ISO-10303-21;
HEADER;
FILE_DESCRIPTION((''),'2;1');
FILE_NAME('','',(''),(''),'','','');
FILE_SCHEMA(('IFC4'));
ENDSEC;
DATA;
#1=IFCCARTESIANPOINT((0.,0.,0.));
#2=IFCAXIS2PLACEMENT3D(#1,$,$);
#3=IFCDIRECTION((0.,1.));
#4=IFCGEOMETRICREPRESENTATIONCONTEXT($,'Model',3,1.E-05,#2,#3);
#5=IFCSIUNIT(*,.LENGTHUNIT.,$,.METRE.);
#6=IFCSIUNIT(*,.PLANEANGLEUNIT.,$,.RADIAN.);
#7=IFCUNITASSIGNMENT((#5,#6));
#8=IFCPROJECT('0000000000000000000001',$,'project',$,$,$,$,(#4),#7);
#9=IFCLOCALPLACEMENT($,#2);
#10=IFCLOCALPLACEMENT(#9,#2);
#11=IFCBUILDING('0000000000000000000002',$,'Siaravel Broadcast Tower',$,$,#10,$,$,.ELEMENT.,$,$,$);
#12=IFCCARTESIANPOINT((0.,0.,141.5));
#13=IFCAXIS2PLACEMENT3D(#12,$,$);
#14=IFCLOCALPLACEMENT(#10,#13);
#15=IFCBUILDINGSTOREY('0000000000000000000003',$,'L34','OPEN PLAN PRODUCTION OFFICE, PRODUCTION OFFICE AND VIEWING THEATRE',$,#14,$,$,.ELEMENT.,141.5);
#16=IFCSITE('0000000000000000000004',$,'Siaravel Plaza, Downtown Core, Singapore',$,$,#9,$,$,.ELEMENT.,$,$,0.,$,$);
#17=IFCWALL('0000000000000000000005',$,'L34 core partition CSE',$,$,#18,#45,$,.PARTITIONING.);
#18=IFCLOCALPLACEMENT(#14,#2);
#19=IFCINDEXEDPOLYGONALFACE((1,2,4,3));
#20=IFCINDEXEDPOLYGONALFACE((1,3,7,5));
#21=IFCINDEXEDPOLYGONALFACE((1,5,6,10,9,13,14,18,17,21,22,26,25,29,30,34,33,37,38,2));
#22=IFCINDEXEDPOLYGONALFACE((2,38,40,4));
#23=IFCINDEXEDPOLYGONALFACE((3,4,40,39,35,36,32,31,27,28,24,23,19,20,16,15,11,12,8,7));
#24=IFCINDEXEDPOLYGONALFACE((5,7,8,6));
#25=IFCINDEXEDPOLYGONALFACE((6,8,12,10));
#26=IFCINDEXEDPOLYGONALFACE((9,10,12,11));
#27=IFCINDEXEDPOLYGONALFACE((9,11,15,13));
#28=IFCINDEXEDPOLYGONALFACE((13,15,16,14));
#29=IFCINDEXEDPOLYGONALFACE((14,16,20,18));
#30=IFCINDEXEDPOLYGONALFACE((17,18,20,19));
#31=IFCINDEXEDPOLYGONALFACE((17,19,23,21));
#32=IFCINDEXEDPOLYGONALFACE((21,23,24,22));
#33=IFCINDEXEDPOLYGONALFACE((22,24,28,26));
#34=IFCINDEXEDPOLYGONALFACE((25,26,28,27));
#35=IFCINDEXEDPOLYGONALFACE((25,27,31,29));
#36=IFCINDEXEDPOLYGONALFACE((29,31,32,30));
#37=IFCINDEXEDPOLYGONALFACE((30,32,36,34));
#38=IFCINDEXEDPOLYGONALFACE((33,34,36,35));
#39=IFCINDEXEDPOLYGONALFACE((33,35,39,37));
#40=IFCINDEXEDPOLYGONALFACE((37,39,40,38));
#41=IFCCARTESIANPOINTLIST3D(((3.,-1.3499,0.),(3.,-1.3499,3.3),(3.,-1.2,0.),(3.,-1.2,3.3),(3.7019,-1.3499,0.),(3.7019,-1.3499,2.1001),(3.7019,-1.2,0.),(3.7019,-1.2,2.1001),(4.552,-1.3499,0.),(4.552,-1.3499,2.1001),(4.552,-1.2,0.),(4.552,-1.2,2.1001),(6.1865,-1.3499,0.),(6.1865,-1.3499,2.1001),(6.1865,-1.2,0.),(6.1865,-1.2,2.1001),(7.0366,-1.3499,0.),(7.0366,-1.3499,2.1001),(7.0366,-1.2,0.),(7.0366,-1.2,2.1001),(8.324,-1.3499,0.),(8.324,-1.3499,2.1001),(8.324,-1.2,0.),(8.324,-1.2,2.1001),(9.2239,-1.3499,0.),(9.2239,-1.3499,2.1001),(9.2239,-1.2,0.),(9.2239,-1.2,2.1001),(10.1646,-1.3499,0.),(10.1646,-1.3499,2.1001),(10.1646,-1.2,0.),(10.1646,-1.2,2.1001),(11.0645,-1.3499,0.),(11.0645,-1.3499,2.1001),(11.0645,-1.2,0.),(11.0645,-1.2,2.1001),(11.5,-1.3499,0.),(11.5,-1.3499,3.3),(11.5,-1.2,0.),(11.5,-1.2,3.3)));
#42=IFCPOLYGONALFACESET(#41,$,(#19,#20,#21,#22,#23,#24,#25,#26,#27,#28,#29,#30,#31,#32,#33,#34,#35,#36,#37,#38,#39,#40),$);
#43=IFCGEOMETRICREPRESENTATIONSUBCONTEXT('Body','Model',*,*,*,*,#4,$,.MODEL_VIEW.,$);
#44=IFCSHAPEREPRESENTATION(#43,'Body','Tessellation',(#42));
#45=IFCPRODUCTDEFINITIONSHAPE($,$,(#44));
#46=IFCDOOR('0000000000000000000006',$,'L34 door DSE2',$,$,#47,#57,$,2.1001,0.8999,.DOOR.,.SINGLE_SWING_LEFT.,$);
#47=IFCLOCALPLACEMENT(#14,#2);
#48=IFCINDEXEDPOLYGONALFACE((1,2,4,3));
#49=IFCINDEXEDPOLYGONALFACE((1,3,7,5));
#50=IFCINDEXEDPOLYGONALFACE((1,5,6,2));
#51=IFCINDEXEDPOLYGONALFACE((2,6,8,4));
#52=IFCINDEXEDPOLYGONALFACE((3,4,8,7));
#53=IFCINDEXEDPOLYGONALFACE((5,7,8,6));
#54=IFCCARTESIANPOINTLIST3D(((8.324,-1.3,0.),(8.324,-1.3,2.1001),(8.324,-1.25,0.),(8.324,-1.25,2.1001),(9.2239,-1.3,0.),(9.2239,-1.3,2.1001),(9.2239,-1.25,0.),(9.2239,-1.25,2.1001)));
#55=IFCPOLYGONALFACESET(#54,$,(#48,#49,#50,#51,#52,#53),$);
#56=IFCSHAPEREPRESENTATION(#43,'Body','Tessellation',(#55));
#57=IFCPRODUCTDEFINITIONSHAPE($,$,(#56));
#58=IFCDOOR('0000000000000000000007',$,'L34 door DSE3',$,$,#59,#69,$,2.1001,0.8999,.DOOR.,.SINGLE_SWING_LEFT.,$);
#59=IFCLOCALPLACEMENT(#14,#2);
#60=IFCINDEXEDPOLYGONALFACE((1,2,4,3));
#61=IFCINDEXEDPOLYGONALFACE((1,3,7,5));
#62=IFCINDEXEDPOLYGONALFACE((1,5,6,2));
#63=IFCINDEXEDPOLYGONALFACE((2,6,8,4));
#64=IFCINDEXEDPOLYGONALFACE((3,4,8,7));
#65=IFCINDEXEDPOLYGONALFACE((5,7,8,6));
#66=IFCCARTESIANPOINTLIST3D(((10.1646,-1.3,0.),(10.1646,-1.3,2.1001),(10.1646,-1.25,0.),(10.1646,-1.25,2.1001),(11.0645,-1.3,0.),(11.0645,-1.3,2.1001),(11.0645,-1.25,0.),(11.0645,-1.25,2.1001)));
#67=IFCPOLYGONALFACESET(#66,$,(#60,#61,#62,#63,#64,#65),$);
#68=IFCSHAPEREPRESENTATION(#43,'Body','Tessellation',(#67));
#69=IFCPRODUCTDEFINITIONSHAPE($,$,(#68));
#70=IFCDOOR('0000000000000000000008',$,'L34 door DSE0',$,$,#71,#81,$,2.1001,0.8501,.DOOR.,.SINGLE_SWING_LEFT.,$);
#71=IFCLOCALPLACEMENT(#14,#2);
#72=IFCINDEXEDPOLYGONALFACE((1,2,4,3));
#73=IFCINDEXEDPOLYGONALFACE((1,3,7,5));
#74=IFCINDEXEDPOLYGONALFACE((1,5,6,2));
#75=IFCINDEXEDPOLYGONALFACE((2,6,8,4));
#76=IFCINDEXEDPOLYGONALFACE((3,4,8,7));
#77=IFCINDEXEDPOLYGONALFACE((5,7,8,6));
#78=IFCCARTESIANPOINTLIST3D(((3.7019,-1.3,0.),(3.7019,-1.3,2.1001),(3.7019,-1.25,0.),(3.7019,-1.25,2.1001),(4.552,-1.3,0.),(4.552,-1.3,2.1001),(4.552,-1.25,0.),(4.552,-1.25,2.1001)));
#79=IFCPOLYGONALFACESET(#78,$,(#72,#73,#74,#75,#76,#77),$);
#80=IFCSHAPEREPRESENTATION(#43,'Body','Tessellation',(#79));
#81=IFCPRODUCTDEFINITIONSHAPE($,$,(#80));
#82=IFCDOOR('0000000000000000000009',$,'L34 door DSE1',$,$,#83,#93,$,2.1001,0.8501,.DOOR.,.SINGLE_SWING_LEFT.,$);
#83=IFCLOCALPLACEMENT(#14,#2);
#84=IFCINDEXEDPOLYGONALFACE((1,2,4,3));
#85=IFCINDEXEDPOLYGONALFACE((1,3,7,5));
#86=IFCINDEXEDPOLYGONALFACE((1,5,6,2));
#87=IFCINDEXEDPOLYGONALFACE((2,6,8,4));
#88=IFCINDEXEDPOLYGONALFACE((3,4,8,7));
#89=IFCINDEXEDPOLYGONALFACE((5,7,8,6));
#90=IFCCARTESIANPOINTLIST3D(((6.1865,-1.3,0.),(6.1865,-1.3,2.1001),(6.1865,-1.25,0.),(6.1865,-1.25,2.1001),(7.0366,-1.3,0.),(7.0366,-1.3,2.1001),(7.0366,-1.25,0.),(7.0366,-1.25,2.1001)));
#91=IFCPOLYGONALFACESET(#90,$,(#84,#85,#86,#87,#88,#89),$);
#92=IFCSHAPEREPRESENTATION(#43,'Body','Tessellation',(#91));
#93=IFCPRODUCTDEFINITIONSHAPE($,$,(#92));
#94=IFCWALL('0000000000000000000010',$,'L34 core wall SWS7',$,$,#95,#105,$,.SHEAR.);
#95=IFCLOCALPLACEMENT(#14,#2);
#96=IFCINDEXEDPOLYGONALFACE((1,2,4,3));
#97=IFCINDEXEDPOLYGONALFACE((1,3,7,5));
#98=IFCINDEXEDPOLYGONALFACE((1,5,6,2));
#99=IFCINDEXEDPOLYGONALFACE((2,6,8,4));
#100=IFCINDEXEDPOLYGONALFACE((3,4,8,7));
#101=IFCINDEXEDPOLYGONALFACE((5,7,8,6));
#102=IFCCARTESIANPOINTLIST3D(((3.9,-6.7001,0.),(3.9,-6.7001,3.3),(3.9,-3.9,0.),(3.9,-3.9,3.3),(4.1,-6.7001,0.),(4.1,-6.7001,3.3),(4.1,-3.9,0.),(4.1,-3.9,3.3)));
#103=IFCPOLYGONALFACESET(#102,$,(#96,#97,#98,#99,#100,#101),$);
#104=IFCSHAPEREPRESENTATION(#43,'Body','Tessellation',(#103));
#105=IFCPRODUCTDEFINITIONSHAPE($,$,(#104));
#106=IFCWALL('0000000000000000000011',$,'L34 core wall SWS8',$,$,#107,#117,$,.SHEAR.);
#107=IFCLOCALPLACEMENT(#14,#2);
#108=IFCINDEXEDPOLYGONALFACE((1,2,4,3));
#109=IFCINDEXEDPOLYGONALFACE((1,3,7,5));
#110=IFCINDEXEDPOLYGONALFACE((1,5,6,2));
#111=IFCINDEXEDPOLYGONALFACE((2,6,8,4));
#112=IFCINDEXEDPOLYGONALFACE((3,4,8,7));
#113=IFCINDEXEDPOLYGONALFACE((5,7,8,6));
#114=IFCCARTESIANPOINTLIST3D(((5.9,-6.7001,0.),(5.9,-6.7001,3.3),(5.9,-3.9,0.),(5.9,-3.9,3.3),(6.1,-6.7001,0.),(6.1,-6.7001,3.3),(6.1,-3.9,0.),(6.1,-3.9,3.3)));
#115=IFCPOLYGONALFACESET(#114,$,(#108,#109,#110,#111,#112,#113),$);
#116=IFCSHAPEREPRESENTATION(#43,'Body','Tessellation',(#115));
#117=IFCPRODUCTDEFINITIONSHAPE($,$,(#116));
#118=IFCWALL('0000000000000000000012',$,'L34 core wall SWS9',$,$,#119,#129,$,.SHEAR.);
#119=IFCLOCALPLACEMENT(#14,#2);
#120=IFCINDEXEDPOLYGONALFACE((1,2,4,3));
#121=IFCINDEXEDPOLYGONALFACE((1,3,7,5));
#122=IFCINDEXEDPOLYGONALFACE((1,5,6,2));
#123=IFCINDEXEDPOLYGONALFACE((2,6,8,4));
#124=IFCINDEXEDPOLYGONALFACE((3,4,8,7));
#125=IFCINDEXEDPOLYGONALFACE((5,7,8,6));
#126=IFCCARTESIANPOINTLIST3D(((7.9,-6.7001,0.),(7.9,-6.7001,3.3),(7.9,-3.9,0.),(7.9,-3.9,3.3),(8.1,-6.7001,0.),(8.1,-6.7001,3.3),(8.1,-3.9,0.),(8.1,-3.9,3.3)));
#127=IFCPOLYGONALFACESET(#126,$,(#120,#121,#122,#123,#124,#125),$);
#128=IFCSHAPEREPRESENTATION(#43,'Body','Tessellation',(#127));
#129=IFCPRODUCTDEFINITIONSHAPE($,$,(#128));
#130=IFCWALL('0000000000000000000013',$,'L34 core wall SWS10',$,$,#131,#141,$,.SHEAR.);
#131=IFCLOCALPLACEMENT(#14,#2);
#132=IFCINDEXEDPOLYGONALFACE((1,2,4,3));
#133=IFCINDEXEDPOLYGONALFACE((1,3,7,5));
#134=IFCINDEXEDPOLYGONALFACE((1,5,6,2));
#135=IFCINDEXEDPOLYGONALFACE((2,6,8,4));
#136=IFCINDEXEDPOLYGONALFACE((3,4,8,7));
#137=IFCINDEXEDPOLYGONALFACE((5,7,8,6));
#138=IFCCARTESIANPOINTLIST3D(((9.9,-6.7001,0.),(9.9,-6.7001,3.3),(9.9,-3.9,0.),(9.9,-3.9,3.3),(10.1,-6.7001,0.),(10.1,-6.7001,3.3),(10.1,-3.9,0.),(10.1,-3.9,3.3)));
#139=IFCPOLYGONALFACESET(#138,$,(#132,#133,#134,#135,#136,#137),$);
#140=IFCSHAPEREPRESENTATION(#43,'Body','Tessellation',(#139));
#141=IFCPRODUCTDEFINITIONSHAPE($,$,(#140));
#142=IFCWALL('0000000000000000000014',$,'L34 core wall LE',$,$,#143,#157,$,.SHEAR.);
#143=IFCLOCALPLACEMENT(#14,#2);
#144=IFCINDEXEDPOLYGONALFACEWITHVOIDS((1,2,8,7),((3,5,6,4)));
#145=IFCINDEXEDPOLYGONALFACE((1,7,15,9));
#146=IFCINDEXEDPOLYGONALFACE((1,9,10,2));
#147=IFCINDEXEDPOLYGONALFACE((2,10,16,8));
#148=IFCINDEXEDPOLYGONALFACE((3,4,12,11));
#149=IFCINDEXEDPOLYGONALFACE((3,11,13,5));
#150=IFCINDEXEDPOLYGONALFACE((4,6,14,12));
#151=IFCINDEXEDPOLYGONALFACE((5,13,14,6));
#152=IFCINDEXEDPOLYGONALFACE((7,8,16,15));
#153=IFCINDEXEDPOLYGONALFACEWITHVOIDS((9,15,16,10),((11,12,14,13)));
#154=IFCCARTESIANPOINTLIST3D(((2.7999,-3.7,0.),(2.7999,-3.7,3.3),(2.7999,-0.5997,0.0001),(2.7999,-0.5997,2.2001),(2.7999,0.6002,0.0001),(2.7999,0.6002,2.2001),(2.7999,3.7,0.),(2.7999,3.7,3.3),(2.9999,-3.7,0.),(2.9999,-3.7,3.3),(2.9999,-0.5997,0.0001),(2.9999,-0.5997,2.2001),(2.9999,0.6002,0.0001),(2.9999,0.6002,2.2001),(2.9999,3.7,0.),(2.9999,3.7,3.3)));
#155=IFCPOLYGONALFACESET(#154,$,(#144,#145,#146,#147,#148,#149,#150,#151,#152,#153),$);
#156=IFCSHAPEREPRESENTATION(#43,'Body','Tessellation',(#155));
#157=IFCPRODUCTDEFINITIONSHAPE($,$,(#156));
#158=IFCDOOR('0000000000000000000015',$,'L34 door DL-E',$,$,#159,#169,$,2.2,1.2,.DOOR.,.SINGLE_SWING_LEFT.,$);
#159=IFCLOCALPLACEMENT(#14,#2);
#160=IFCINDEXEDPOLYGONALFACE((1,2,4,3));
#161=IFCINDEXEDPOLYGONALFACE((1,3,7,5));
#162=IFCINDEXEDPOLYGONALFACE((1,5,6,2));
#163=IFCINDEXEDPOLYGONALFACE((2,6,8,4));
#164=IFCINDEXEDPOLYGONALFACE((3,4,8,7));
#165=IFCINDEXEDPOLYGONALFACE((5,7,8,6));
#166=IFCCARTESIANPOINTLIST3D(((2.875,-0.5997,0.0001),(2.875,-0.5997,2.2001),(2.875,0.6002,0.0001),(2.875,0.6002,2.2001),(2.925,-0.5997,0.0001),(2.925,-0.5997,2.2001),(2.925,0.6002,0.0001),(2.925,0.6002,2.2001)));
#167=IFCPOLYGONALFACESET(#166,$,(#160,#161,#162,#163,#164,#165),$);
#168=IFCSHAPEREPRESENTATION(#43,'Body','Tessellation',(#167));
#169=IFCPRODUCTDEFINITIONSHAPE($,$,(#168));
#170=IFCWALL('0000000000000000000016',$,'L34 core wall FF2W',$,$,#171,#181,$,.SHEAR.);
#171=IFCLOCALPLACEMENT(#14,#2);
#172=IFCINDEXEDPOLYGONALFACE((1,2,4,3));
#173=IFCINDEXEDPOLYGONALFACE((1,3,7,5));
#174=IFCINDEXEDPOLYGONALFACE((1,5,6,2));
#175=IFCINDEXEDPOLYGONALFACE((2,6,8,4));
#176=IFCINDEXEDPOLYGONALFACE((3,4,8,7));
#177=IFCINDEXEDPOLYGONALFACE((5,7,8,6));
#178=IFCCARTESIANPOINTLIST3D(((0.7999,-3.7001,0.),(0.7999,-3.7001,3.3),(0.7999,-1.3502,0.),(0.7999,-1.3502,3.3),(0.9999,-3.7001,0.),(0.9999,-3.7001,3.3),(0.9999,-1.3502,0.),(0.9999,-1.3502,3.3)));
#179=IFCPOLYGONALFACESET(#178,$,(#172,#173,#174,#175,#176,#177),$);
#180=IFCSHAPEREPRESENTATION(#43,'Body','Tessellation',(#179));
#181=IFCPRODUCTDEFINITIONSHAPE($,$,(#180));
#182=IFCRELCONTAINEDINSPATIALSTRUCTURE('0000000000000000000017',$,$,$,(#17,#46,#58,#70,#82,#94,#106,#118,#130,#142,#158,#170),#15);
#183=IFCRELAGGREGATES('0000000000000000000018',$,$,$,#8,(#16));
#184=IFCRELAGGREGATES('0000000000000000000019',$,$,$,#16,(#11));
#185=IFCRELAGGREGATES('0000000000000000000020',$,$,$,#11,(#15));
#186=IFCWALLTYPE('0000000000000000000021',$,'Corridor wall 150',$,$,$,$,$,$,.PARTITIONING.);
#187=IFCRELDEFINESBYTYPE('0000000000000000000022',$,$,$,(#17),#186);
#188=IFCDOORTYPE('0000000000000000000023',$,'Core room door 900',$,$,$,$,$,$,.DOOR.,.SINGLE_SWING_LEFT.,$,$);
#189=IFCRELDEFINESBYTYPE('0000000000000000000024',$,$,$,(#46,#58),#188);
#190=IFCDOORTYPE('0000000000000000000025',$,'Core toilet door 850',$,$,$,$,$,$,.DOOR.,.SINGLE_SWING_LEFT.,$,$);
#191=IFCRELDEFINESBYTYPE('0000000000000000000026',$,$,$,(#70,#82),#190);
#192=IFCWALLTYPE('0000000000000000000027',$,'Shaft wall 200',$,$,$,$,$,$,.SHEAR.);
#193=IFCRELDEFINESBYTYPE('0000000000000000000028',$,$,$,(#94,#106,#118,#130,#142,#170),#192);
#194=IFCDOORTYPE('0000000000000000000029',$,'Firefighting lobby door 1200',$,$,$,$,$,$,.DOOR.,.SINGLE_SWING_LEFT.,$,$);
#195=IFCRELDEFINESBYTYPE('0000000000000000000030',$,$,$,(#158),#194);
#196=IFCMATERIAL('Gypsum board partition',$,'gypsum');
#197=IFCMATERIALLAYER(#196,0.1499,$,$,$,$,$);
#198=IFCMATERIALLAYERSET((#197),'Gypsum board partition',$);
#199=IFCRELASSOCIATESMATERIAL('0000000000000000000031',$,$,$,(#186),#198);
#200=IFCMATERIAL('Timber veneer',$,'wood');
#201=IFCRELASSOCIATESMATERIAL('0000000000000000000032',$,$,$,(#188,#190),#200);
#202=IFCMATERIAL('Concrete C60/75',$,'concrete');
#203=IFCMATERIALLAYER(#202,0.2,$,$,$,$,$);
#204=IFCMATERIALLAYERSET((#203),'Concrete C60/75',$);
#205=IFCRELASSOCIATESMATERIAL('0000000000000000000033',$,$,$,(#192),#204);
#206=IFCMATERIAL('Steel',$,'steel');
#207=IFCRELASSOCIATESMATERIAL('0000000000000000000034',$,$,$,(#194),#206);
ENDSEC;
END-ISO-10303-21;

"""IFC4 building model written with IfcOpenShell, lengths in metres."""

from ifc_helpers import new_model, si_unit, direction, frame, frame_2d, origin, place, context, subcontext, project, spatial, rectangle, extrude, material, layer, layer_set, type_object, element, fill, save


model = new_model("IFC4")

# Units and contexts
model_context = context("Model", 3, precision=1e-05, world=origin(), true_north=direction((0.0, 1.0)))
body_context = subcontext(model_context, "Body", "Model", "MODEL_VIEW")
ifc_project = project(units=[si_unit("LENGTHUNIT", "METRE"), si_unit("PLANEANGLEUNIT", "RADIAN")], contexts=[model_context])

# Site, building, storey
site_placement = place(None, origin())
site = spatial("IfcSite", under=ifc_project, at=site_placement, Name="Siaravel Plaza, Downtown Core, Singapore", CompositionType="ELEMENT", RefElevation=0.0)
building_placement = place(site_placement, origin())
building = spatial("IfcBuilding", under=site, at=building_placement, Name="Siaravel Broadcast Tower", CompositionType="ELEMENT")
storey_placement = place(building_placement, frame((0.0, 0.0, 141.5)))
storey = spatial("IfcBuildingStorey", under=building, at=storey_placement, Name="L34", Description="OPEN PLAN PRODUCTION OFFICE, PRODUCTION OFFICE AND VIEWING THEATRE", CompositionType="ELEMENT", Elevation=141.5)

# Wall, openings, doors
ifc_material_1 = material(Name="Gypsum board partition", Category="gypsum")
ifc_layer_1 = layer(ifc_material_1, 0.1499)
ifc_layer_set_1 = layer_set([ifc_layer_1], Name="Gypsum board partition")
wall_type_1 = type_object("IfcWallType", Name="Corridor wall 150", PredefinedType="PARTITIONING", material=ifc_layer_set_1)
wall_1_placement = place(storey_placement, frame((3.0, -1.2749, 0.0), z_axis=(0.0, 0.0, 1.0), x_axis=(1.0, 0.0, 0.0)))
wall_1 = element("IfcWall", 1, at=wall_1_placement, inside=storey, type_object=wall_type_1, Name="L34 core partition CSE", PredefinedType="PARTITIONING", context=body_context, shape_type="SweptSolid", body=[
    extrude(rectangle(XDim=8.5, YDim=0.1499, at=frame_2d((4.25, 0.0))), origin(), (0.0, 0.0, 1.0), 3.3),
])
opening_1_placement = place(wall_1_placement, frame((0.7019, 0.0, 0.0)))
opening_1 = element("IfcOpeningElement", 2, at=opening_1_placement, cuts=wall_1, PredefinedType="OPENING", context=body_context, shape_type="SweptSolid", body=[
    extrude(rectangle(XDim=0.8501, YDim=2.1001, at=frame_2d((0.425, 1.05))), frame((0.0, 0.085, 0.0), z_axis=(0.0, -1.0, 0.0), x_axis=(1.0, 0.0, 0.0)), (0.0, 0.0, 1.0), 0.1699),
])
opening_2_placement = place(wall_1_placement, frame((3.1865, 0.0, 0.0)))
opening_2 = element("IfcOpeningElement", 3, at=opening_2_placement, cuts=wall_1, PredefinedType="OPENING", context=body_context, shape_type="SweptSolid", body=[
    extrude(rectangle(XDim=0.8501, YDim=2.1001, at=frame_2d((0.425, 1.05))), frame((0.0, 0.085, 0.0), z_axis=(0.0, -1.0, 0.0), x_axis=(1.0, 0.0, 0.0)), (0.0, 0.0, 1.0), 0.1699),
])
opening_3_placement = place(wall_1_placement, frame((5.324, 0.0, 0.0)))
opening_3 = element("IfcOpeningElement", 4, at=opening_3_placement, cuts=wall_1, PredefinedType="OPENING", context=body_context, shape_type="SweptSolid", body=[
    extrude(rectangle(XDim=0.8999, YDim=2.1001, at=frame_2d((0.45, 1.05))), frame((0.0, 0.085, 0.0), z_axis=(0.0, -1.0, 0.0), x_axis=(1.0, 0.0, 0.0)), (0.0, 0.0, 1.0), 0.1699),
])
opening_4_placement = place(wall_1_placement, frame((7.1646, 0.0, 0.0)))
opening_4 = element("IfcOpeningElement", 5, at=opening_4_placement, cuts=wall_1, PredefinedType="OPENING", context=body_context, shape_type="SweptSolid", body=[
    extrude(rectangle(XDim=0.8999, YDim=2.1001, at=frame_2d((0.45, 1.05))), frame((0.0, 0.085, 0.0), z_axis=(0.0, -1.0, 0.0), x_axis=(1.0, 0.0, 0.0)), (0.0, 0.0, 1.0), 0.1699),
])
ifc_material_2 = material(Name="Timber veneer", Category="wood")
door_type_1 = type_object("IfcDoorType", Name="Core room door 900", OperationType="SINGLE_SWING_LEFT", PredefinedType="DOOR", material=ifc_material_2)
door_1_placement = place(opening_3_placement, origin())
door_1 = element("IfcDoor", 6, at=door_1_placement, inside=storey, type_object=door_type_1, Name="L34 door DSE2", OperationType="SINGLE_SWING_LEFT", OverallHeight=2.1001, OverallWidth=0.8999, PredefinedType="DOOR", context=body_context, shape_type="SweptSolid", body=[
    extrude(rectangle(XDim=0.8999, YDim=2.1001, at=frame_2d((0.45, 1.05))), frame((0.0, 0.0249, 0.0), z_axis=(0.0, -1.0, 0.0), x_axis=(1.0, 0.0, 0.0)), (0.0, 0.0, 1.0), 0.05),
])
fill(opening_3, door_1)
door_2_placement = place(opening_4_placement, origin())
door_2 = element("IfcDoor", 7, at=door_2_placement, inside=storey, type_object=door_type_1, Name="L34 door DSE3", OperationType="SINGLE_SWING_LEFT", OverallHeight=2.1001, OverallWidth=0.8999, PredefinedType="DOOR", context=body_context, shape_type="SweptSolid", body=[
    extrude(rectangle(XDim=0.8999, YDim=2.1001, at=frame_2d((0.45, 1.05))), frame((0.0, 0.0249, 0.0), z_axis=(0.0, -1.0, 0.0), x_axis=(1.0, 0.0, 0.0)), (0.0, 0.0, 1.0), 0.05),
])
fill(opening_4, door_2)
door_type_2 = type_object("IfcDoorType", Name="Core toilet door 850", OperationType="SINGLE_SWING_LEFT", PredefinedType="DOOR", material=ifc_material_2)
door_3_placement = place(opening_1_placement, origin())
door_3 = element("IfcDoor", 8, at=door_3_placement, inside=storey, type_object=door_type_2, Name="L34 door DSE0", OperationType="SINGLE_SWING_LEFT", OverallHeight=2.1001, OverallWidth=0.8501, PredefinedType="DOOR", context=body_context, shape_type="SweptSolid", body=[
    extrude(rectangle(XDim=0.8501, YDim=2.1001, at=frame_2d((0.425, 1.05))), frame((0.0, 0.0249, 0.0), z_axis=(0.0, -1.0, 0.0), x_axis=(1.0, 0.0, 0.0)), (0.0, 0.0, 1.0), 0.05),
])
fill(opening_1, door_3)
door_4_placement = place(opening_2_placement, origin())
door_4 = element("IfcDoor", 9, at=door_4_placement, inside=storey, type_object=door_type_2, Name="L34 door DSE1", OperationType="SINGLE_SWING_LEFT", OverallHeight=2.1001, OverallWidth=0.8501, PredefinedType="DOOR", context=body_context, shape_type="SweptSolid", body=[
    extrude(rectangle(XDim=0.8501, YDim=2.1001, at=frame_2d((0.425, 1.05))), frame((0.0, 0.0249, 0.0), z_axis=(0.0, -1.0, 0.0), x_axis=(1.0, 0.0, 0.0)), (0.0, 0.0, 1.0), 0.05),
])
fill(opening_2, door_4)

# Walls
ifc_material_3 = material(Name="Concrete C60/75", Category="concrete")
ifc_layer_2 = layer(ifc_material_3, 0.2)
ifc_layer_set_2 = layer_set([ifc_layer_2], Name="Concrete C60/75")
wall_type_2 = type_object("IfcWallType", Name="Shaft wall 200", PredefinedType="SHEAR", material=ifc_layer_set_2)
for number, where, z_axis, x_axis, name in (
    (10, (4.0, -6.7, 0.0), (0.0, 0.0, 1.0), (0.0, 1.0, 0.0), "L34 core wall SWS7"),
    (11, (6.0, -6.7, 0.0), (0.0, 0.0, 1.0), (0.0, 1.0, 0.0), "L34 core wall SWS8"),
    (12, (8.0, -6.7, 0.0), (0.0, 0.0, 1.0), (0.0, 1.0, 0.0), "L34 core wall SWS9"),
    (13, (10.0, -6.7, 0.0), (0.0, 0.0, 1.0), (0.0, 1.0, 0.0), "L34 core wall SWS10"),
):
    element("IfcWall", number, at=place(storey_placement, frame(where, z_axis=z_axis, x_axis=x_axis)), inside=storey, type_object=wall_type_2, Name=name, PredefinedType="SHEAR", context=body_context, shape_type="SweptSolid", body=[
        extrude(rectangle(XDim=2.8, YDim=0.2, at=frame_2d((1.3999, 0.0))), origin(), (0.0, 0.0, 1.0), 3.3),
    ])

# Wall, opening, door
wall_2_placement = place(storey_placement, frame((2.8999, -3.7, 0.0), z_axis=(0.0, 0.0, 1.0), x_axis=(0.0, 1.0, 0.0)))
wall_2 = element("IfcWall", 14, at=wall_2_placement, inside=storey, type_object=wall_type_2, Name="L34 core wall LE", PredefinedType="SHEAR", context=body_context, shape_type="SweptSolid", body=[
    extrude(rectangle(XDim=7.3999, YDim=0.2, at=frame_2d((3.7, 0.0))), origin(), (0.0, 0.0, 1.0), 3.3),
])
opening_5_placement = place(wall_2_placement, frame((3.1001, 0.0, 0.0)))
opening_5 = element("IfcOpeningElement", 15, at=opening_5_placement, cuts=wall_2, PredefinedType="OPENING", context=body_context, shape_type="SweptSolid", body=[
    extrude(rectangle(XDim=1.2, YDim=2.2, at=frame_2d((0.6001, 1.1001))), frame((0.0, 0.1099, 0.0), z_axis=(0.0, -1.0, 0.0), x_axis=(1.0, 0.0, 0.0)), (0.0, 0.0, 1.0), 0.22),
])
ifc_material_4 = material(Name="Steel", Category="steel")
door_type_3 = type_object("IfcDoorType", Name="Firefighting lobby door 1200", OperationType="SINGLE_SWING_LEFT", PredefinedType="DOOR", material=ifc_material_4)
door_5_placement = place(opening_5_placement, origin())
door_5 = element("IfcDoor", 16, at=door_5_placement, inside=storey, type_object=door_type_3, Name="L34 door DL-E", OperationType="SINGLE_SWING_LEFT", OverallHeight=2.2, OverallWidth=1.2, PredefinedType="DOOR", context=body_context, shape_type="SweptSolid", body=[
    extrude(rectangle(XDim=1.2, YDim=2.2, at=frame_2d((0.6001, 1.1001))), frame((0.0, 0.0249, 0.0), z_axis=(0.0, -1.0, 0.0), x_axis=(1.0, 0.0, 0.0)), (0.0, 0.0, 1.0), 0.05),
])
fill(opening_5, door_5)

# Wall
wall_3_placement = place(storey_placement, frame((0.8999, -3.7, 0.0), z_axis=(0.0, 0.0, 1.0), x_axis=(0.0, 1.0, 0.0)))
element("IfcWall", 17, at=wall_3_placement, inside=storey, type_object=wall_type_2, Name="L34 core wall FF2W", PredefinedType="SHEAR", context=body_context, shape_type="SweptSolid", body=[
    extrude(rectangle(XDim=2.3499, YDim=0.2, at=frame_2d((1.1748, 0.0))), origin(), (0.0, 0.0, 1.0), 3.3),
])

save(model, "model.ifc")
